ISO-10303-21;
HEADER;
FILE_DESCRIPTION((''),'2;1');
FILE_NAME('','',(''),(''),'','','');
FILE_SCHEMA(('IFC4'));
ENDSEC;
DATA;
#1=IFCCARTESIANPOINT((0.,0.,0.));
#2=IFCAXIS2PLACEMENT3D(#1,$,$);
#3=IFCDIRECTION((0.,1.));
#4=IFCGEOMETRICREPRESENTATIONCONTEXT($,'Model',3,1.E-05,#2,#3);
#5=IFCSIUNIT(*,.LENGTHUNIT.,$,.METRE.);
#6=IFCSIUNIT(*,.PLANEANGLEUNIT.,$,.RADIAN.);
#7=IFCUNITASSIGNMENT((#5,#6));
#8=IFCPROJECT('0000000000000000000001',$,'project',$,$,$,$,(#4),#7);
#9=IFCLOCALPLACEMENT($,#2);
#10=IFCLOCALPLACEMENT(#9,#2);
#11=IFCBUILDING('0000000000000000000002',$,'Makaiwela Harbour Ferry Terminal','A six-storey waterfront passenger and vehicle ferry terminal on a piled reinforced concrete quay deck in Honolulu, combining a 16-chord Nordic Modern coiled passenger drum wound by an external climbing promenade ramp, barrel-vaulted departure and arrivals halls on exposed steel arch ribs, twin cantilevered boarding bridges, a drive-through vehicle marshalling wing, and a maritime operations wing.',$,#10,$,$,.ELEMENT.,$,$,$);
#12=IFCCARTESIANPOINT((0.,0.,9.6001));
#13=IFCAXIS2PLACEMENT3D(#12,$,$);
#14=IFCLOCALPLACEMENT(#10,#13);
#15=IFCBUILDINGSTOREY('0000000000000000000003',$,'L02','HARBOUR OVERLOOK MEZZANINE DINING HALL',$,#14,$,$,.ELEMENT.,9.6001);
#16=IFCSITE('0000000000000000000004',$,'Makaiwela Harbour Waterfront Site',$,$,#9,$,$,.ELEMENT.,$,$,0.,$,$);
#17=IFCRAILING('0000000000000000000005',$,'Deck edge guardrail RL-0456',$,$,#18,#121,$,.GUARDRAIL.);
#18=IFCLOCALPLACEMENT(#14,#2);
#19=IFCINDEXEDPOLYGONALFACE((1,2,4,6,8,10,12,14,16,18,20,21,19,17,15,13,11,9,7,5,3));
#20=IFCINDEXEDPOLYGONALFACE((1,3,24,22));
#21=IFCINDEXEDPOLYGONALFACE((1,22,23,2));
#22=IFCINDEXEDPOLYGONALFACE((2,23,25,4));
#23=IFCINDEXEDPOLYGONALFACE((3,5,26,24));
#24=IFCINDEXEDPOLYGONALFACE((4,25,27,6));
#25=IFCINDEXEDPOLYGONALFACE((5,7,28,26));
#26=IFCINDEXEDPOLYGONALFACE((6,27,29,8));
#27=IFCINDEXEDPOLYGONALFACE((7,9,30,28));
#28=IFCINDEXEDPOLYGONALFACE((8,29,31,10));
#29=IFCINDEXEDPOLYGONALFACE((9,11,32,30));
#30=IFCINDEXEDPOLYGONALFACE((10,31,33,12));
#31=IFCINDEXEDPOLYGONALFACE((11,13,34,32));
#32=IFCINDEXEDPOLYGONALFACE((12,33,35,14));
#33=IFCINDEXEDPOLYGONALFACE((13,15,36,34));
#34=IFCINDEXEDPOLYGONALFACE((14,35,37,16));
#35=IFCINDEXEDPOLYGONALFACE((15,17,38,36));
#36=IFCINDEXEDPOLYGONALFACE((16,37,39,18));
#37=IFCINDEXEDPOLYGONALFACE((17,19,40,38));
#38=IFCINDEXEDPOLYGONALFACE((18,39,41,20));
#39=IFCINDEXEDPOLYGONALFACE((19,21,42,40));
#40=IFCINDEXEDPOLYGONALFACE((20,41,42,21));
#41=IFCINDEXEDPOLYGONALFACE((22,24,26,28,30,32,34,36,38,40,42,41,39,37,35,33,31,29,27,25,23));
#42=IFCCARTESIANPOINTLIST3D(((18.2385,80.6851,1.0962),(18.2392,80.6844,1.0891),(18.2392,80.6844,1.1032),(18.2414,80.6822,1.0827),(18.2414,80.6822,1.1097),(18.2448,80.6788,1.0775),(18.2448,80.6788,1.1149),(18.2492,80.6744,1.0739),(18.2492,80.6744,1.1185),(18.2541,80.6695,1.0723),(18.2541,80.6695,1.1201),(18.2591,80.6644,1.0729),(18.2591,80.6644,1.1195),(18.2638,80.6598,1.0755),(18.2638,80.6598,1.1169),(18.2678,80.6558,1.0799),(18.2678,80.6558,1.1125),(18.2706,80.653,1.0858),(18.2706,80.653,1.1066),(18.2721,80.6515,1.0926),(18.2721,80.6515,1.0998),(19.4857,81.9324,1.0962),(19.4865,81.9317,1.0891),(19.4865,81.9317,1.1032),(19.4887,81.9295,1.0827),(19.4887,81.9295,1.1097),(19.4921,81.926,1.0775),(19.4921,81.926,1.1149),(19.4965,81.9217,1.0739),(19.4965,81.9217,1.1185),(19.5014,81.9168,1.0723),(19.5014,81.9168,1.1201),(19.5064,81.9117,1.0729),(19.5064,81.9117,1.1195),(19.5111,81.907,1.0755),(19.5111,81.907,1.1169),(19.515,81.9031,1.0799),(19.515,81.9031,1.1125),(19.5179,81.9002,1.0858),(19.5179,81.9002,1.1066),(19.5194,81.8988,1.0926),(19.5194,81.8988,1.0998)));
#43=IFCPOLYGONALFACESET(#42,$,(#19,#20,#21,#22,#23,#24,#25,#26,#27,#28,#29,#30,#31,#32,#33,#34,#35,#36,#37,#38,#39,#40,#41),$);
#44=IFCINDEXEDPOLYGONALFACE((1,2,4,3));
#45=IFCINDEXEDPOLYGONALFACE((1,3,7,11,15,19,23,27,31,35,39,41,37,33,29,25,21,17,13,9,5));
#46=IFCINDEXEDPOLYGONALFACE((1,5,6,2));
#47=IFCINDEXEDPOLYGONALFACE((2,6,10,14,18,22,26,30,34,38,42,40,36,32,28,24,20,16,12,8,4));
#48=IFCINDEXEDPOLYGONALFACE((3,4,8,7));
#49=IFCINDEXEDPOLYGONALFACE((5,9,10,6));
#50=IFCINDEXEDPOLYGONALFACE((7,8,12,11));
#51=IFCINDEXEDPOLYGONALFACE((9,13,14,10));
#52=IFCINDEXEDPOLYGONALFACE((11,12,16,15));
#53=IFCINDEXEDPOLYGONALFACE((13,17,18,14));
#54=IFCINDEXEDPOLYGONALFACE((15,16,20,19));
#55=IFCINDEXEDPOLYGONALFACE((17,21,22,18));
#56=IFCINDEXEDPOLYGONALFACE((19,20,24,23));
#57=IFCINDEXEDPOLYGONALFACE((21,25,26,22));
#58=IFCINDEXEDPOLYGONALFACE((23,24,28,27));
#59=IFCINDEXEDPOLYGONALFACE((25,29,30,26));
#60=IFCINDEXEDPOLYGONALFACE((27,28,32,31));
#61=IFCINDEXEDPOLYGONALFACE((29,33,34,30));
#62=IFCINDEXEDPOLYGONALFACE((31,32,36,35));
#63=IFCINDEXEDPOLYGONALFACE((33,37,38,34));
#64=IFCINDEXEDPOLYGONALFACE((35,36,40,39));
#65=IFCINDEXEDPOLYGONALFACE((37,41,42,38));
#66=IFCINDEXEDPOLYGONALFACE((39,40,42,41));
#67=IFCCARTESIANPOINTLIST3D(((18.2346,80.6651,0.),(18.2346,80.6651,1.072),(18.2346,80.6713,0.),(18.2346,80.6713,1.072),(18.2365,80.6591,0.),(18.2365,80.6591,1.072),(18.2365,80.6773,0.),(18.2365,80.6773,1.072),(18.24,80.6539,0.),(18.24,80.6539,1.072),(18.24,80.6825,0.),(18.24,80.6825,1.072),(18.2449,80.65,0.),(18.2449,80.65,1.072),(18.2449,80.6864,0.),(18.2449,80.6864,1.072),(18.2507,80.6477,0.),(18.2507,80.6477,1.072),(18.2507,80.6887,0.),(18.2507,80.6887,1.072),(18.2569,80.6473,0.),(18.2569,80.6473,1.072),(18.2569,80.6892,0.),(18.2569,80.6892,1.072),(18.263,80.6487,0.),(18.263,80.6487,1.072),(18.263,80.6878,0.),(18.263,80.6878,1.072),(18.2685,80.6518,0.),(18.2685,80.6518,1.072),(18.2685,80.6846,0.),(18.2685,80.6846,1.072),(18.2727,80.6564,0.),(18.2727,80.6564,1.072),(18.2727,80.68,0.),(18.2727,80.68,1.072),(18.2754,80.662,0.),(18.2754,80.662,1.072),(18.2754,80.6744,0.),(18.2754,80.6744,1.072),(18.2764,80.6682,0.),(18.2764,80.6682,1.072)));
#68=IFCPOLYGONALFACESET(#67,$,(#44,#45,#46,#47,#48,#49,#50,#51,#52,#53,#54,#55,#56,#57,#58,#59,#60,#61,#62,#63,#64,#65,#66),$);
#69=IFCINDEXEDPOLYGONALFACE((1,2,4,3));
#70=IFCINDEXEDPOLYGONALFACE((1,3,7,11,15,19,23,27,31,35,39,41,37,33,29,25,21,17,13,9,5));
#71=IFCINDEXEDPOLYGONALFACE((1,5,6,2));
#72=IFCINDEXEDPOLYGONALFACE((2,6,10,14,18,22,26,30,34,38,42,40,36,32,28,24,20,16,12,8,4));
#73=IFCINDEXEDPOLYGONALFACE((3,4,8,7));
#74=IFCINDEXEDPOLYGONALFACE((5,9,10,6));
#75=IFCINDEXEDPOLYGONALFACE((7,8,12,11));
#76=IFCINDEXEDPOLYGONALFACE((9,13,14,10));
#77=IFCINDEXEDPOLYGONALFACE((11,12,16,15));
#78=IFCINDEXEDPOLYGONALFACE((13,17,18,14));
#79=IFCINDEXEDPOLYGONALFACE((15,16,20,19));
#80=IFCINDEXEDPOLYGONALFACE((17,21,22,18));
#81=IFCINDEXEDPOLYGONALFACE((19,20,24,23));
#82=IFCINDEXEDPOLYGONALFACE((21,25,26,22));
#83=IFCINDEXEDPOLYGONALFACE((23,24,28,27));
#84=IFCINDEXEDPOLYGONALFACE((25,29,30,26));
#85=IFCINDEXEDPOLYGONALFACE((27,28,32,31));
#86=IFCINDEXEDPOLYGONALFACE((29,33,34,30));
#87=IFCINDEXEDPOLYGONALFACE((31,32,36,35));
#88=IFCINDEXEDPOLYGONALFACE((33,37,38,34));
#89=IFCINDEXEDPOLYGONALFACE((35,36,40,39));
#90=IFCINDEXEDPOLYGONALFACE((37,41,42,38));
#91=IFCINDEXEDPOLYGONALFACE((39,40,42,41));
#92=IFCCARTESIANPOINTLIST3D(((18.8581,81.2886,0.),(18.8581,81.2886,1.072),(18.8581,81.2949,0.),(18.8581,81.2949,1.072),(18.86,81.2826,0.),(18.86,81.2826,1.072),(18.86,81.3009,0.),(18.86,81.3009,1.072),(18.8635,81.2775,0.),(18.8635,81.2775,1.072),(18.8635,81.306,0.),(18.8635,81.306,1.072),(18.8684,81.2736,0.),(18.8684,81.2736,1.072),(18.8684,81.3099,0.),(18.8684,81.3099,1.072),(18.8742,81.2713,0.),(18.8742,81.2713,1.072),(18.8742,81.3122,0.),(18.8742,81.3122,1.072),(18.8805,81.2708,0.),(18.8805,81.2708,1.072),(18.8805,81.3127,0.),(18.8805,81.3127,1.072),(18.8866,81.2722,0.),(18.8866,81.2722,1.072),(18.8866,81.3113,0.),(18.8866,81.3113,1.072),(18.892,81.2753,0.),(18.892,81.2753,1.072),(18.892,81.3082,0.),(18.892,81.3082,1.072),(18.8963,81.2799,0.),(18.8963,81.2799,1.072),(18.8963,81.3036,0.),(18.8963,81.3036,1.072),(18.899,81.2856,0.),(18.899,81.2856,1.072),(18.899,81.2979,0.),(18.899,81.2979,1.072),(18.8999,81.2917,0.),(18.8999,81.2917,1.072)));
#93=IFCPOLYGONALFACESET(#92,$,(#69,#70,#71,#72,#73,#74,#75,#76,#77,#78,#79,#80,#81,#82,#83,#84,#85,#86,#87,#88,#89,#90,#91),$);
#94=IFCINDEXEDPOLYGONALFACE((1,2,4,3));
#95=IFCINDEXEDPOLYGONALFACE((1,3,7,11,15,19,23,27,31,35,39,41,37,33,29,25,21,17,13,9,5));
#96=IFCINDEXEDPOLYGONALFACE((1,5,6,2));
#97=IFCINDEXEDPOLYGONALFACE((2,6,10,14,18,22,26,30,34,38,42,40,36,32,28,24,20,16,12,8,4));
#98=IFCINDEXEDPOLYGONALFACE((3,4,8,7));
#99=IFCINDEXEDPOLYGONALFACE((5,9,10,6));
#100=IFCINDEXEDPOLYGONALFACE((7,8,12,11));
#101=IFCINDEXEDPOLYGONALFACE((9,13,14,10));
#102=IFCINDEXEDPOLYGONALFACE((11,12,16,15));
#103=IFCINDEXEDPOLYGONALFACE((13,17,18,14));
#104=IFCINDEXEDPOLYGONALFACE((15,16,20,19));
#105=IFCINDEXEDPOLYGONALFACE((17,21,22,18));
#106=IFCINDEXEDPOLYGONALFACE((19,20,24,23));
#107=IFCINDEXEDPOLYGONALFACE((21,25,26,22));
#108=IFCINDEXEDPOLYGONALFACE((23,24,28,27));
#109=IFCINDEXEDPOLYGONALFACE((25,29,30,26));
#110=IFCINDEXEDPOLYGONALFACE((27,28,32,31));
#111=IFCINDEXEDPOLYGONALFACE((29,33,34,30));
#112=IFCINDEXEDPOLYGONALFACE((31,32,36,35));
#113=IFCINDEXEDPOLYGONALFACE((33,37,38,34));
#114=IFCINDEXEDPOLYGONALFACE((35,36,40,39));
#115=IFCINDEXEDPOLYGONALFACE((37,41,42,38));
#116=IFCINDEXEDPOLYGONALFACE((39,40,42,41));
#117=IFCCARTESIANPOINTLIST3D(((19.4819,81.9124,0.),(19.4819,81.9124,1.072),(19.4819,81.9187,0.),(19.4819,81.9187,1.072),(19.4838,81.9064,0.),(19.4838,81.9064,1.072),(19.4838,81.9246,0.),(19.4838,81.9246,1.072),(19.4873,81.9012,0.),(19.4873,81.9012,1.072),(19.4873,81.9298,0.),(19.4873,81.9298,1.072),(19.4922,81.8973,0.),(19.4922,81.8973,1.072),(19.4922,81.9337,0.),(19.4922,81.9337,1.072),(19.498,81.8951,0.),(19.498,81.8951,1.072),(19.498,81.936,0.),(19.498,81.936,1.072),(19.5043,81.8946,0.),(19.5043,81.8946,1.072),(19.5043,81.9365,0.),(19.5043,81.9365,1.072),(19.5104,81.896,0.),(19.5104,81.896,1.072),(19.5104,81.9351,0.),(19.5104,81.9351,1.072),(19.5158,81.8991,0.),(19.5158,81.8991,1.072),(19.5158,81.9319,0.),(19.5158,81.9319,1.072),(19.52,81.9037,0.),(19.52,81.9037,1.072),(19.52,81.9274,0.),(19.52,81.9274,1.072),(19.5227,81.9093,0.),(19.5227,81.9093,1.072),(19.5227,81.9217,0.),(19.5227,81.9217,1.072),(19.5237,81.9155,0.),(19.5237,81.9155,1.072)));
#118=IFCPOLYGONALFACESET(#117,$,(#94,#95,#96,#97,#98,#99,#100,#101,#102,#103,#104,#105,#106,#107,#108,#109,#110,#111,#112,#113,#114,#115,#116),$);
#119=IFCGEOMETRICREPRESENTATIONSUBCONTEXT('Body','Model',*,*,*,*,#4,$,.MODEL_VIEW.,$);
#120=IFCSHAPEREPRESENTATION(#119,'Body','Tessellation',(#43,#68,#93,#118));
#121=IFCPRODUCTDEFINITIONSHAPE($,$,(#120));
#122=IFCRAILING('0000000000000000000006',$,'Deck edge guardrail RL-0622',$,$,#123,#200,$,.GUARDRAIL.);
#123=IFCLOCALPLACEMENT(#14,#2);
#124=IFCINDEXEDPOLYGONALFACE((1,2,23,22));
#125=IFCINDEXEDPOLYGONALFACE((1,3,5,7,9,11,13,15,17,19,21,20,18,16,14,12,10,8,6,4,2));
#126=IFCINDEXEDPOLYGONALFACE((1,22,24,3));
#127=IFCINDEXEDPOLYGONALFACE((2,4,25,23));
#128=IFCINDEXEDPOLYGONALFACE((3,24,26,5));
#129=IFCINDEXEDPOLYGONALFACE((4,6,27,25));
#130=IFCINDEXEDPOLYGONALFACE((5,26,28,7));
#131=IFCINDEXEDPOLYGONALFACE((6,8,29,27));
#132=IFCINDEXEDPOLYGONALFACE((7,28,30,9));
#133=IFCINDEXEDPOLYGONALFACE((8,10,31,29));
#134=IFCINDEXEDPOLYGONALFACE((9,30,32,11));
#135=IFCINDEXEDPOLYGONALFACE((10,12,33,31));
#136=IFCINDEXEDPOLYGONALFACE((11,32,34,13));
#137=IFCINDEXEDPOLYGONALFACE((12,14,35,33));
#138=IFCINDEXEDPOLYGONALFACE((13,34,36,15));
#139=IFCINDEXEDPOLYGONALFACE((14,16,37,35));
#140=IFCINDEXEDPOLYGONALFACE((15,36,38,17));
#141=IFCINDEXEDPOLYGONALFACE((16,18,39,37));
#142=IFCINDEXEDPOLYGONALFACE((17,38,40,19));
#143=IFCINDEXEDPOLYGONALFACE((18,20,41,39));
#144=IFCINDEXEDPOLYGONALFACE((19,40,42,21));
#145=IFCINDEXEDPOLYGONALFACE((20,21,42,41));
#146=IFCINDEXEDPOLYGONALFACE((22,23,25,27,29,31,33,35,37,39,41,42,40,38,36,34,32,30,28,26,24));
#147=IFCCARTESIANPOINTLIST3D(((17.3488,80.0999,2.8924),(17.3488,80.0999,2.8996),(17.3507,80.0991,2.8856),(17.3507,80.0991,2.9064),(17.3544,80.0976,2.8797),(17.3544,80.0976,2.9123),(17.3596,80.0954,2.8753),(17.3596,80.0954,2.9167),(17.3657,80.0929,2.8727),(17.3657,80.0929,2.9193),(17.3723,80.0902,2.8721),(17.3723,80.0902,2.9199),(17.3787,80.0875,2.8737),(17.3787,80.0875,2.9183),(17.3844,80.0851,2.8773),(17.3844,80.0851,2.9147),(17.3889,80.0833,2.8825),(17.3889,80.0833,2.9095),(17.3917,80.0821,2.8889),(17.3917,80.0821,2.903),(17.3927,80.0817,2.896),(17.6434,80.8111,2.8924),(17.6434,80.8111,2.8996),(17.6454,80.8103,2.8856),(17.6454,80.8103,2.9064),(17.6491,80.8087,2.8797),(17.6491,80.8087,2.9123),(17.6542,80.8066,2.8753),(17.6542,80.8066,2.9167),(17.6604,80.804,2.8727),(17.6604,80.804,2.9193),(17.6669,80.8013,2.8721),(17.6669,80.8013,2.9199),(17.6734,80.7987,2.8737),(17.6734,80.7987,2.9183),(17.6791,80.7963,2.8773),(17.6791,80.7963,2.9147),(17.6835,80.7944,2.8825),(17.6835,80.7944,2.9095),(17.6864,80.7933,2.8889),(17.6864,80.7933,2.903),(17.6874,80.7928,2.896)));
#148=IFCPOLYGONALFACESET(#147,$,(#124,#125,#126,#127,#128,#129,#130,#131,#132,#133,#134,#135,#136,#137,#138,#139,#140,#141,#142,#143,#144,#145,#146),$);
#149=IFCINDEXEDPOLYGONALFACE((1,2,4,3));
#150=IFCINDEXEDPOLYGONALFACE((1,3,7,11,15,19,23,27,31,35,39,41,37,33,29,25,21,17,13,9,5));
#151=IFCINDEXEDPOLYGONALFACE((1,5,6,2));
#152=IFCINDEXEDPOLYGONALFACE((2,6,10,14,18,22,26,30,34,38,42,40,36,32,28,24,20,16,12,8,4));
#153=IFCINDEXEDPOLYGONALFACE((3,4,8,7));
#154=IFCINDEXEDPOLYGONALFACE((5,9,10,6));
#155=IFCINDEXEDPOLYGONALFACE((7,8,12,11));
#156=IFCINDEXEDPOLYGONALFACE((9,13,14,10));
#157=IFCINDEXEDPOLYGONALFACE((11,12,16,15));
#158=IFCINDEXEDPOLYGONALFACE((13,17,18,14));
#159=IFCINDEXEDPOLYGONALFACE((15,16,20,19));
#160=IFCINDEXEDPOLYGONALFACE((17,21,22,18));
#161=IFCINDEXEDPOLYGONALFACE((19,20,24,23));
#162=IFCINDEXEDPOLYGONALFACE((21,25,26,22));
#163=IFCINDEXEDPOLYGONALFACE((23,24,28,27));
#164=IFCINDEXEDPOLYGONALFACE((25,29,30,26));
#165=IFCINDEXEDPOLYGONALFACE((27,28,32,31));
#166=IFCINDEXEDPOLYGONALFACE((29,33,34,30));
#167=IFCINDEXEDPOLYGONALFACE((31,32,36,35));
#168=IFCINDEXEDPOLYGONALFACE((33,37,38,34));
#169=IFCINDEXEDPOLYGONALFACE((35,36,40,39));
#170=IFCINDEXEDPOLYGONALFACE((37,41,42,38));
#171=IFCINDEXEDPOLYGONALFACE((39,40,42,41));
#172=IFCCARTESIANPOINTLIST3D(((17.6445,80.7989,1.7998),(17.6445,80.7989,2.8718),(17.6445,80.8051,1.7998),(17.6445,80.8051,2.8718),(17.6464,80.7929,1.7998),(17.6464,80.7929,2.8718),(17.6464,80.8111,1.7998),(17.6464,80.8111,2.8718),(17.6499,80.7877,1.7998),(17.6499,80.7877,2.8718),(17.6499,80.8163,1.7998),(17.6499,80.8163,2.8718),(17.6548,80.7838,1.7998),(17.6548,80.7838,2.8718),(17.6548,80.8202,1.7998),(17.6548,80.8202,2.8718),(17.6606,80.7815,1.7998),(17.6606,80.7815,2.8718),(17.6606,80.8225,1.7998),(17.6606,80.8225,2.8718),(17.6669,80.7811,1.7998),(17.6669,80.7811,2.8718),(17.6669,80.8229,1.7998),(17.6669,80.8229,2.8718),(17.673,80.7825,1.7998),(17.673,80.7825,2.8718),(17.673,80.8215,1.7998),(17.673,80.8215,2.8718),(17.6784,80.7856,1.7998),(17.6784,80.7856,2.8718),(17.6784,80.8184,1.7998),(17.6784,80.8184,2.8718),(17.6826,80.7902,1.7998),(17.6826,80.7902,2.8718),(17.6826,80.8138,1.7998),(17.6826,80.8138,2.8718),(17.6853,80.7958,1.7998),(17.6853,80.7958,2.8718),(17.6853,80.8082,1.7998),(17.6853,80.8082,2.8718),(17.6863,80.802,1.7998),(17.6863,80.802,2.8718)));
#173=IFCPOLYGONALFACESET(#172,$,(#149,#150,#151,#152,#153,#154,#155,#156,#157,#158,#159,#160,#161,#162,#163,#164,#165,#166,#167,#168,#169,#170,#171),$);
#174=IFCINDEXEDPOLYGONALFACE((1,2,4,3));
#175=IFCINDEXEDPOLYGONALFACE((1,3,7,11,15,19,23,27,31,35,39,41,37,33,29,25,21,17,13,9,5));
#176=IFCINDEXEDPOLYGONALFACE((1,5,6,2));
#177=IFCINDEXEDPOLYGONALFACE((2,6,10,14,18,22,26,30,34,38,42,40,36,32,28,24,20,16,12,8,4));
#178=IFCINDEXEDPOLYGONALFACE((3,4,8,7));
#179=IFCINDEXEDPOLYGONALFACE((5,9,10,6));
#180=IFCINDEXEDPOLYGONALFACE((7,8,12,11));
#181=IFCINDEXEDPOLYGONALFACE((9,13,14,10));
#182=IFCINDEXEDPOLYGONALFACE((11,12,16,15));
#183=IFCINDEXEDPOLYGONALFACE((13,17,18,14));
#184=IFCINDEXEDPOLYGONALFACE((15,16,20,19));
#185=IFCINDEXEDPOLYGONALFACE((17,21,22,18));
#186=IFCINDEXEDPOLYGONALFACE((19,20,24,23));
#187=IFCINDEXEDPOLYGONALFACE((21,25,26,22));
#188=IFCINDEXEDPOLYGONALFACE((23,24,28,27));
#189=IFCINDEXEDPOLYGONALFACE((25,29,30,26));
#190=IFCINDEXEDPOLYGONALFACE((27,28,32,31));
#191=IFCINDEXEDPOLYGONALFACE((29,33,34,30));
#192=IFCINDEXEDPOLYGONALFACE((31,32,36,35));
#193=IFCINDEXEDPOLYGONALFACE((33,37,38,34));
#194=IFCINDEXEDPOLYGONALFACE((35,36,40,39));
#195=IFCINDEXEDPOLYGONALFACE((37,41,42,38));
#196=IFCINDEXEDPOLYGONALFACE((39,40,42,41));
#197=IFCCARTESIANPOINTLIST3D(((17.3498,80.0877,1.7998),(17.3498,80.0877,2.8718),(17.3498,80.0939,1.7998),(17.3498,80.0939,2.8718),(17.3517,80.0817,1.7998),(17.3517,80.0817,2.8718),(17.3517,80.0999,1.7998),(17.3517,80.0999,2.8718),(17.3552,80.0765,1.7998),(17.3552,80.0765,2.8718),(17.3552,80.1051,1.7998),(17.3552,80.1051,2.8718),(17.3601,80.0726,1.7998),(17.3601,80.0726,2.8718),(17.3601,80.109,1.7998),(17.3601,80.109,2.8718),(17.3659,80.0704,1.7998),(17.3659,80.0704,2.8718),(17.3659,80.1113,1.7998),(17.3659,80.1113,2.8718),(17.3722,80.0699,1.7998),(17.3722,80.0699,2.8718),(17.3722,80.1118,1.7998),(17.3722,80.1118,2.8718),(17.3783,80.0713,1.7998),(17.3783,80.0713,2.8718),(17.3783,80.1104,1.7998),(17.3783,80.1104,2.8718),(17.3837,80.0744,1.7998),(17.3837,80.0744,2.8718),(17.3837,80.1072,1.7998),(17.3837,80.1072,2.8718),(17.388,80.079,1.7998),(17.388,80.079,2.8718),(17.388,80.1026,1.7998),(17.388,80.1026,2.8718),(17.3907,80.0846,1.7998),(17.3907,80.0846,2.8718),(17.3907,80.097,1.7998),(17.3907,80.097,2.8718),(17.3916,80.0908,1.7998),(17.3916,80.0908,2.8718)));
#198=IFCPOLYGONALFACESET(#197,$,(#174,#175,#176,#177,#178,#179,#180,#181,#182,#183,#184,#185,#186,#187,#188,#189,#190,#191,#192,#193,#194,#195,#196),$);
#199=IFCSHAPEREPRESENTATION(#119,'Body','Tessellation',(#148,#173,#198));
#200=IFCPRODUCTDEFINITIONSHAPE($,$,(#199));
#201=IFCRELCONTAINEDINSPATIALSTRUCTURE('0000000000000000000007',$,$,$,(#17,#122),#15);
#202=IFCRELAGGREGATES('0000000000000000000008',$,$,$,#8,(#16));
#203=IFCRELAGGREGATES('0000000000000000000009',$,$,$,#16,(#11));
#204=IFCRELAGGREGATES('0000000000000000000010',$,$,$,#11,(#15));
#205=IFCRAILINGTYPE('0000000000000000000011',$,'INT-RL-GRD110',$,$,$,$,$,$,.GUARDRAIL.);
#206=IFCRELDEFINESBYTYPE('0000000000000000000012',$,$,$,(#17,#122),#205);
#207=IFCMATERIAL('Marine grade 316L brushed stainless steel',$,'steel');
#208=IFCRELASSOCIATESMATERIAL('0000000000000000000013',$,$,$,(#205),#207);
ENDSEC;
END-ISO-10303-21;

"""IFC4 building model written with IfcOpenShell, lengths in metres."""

from ifc_helpers import new_model, si_unit, direction, frame, origin, origin_2d, place, context, subcontext, project, spatial, circle, extrude, material, type_object, element, save


model = new_model("IFC4")

# Units and contexts
model_context = context("Model", 3, precision=1e-05, world=origin(), true_north=direction((0.0, 1.0)))
body_context = subcontext(model_context, "Body", "Model", "MODEL_VIEW")
ifc_project = project(units=[si_unit("LENGTHUNIT", "METRE"), si_unit("PLANEANGLEUNIT", "RADIAN")], contexts=[model_context])

# Site, building, storey
site_placement = place(None, origin())
site = spatial("IfcSite", under=ifc_project, at=site_placement, Name="Makaiwela Harbour Waterfront Site", CompositionType="ELEMENT", RefElevation=0.0)
building_placement = place(site_placement, origin())
building = spatial("IfcBuilding", under=site, at=building_placement, Name="Makaiwela Harbour Ferry Terminal", Description="A six-storey waterfront passenger and vehicle ferry terminal on a piled reinforced concrete quay deck in Honolulu, combining a 16-chord Nordic Modern coiled passenger drum wound by an external climbing promenade ramp, barrel-vaulted departure and arrivals halls on exposed steel arch ribs, twin cantilevered boarding bridges, a drive-through vehicle marshalling wing, and a maritime operations wing.", CompositionType="ELEMENT")
storey_placement = place(building_placement, frame((0.0, 0.0, 9.6001)))
storey = spatial("IfcBuildingStorey", under=building, at=storey_placement, Name="L02", Description="HARBOUR OVERLOOK MEZZANINE DINING HALL", CompositionType="ELEMENT", Elevation=9.6001)

# Railings
ifc_material_1 = material(Name="Marine grade 316L brushed stainless steel", Category="steel")
railing_type = type_object("IfcRailingType", Name="INT-RL-GRD110", PredefinedType="GUARDRAIL", material=ifc_material_1)
railing_1_placement = place(storey_placement, frame((18.2554, 80.6682, 0.0)))
element("IfcRailing", 1, at=railing_1_placement, inside=storey, type_object=railing_type, Name="Deck edge guardrail RL-0456", PredefinedType="GUARDRAIL", context=body_context, shape_type="SweptSolid", body=[
    extrude(circle(Radius=0.0239, at=origin_2d()), frame((0.0, 0.0, 1.0962), z_axis=(0.707107, 0.707107, 0.0), x_axis=(-0.707107, 0.707107, 0.0)), (0.0, 0.0, 1.0), 1.7639),
    extrude(circle(Radius=0.021, at=origin_2d()), origin(), (0.0, 0.0, 1.0), 1.072),
    extrude(circle(Radius=0.021, at=origin_2d()), frame((0.6235, 0.6235, 0.0)), (0.0, 0.0, 1.0), 1.072),
    extrude(circle(Radius=0.021, at=origin_2d()), frame((1.2473, 1.2473, 0.0)), (0.0, 0.0, 1.0), 1.072),
])
railing_2_placement = place(storey_placement, frame((17.6653, 80.802, 1.7998)))
element("IfcRailing", 2, at=railing_2_placement, inside=storey, type_object=railing_type, Name="Deck edge guardrail RL-0622", PredefinedType="GUARDRAIL", context=body_context, shape_type="SweptSolid", body=[
    extrude(circle(Radius=0.0239, at=origin_2d()), frame((0.0, 0.0, 1.0962), z_axis=(-0.382791, -0.923835, 0.0), x_axis=(0.923835, -0.382791, 0.0)), (0.0, 0.0, 1.0), 0.7698),
    extrude(circle(Radius=0.021, at=origin_2d()), origin(), (0.0, 0.0, 1.0), 1.072),
    extrude(circle(Radius=0.021, at=origin_2d()), frame((-0.2947, -0.7112, 0.0)), (0.0, 0.0, 1.0), 1.072),
])

save(model, "model.ifc")
